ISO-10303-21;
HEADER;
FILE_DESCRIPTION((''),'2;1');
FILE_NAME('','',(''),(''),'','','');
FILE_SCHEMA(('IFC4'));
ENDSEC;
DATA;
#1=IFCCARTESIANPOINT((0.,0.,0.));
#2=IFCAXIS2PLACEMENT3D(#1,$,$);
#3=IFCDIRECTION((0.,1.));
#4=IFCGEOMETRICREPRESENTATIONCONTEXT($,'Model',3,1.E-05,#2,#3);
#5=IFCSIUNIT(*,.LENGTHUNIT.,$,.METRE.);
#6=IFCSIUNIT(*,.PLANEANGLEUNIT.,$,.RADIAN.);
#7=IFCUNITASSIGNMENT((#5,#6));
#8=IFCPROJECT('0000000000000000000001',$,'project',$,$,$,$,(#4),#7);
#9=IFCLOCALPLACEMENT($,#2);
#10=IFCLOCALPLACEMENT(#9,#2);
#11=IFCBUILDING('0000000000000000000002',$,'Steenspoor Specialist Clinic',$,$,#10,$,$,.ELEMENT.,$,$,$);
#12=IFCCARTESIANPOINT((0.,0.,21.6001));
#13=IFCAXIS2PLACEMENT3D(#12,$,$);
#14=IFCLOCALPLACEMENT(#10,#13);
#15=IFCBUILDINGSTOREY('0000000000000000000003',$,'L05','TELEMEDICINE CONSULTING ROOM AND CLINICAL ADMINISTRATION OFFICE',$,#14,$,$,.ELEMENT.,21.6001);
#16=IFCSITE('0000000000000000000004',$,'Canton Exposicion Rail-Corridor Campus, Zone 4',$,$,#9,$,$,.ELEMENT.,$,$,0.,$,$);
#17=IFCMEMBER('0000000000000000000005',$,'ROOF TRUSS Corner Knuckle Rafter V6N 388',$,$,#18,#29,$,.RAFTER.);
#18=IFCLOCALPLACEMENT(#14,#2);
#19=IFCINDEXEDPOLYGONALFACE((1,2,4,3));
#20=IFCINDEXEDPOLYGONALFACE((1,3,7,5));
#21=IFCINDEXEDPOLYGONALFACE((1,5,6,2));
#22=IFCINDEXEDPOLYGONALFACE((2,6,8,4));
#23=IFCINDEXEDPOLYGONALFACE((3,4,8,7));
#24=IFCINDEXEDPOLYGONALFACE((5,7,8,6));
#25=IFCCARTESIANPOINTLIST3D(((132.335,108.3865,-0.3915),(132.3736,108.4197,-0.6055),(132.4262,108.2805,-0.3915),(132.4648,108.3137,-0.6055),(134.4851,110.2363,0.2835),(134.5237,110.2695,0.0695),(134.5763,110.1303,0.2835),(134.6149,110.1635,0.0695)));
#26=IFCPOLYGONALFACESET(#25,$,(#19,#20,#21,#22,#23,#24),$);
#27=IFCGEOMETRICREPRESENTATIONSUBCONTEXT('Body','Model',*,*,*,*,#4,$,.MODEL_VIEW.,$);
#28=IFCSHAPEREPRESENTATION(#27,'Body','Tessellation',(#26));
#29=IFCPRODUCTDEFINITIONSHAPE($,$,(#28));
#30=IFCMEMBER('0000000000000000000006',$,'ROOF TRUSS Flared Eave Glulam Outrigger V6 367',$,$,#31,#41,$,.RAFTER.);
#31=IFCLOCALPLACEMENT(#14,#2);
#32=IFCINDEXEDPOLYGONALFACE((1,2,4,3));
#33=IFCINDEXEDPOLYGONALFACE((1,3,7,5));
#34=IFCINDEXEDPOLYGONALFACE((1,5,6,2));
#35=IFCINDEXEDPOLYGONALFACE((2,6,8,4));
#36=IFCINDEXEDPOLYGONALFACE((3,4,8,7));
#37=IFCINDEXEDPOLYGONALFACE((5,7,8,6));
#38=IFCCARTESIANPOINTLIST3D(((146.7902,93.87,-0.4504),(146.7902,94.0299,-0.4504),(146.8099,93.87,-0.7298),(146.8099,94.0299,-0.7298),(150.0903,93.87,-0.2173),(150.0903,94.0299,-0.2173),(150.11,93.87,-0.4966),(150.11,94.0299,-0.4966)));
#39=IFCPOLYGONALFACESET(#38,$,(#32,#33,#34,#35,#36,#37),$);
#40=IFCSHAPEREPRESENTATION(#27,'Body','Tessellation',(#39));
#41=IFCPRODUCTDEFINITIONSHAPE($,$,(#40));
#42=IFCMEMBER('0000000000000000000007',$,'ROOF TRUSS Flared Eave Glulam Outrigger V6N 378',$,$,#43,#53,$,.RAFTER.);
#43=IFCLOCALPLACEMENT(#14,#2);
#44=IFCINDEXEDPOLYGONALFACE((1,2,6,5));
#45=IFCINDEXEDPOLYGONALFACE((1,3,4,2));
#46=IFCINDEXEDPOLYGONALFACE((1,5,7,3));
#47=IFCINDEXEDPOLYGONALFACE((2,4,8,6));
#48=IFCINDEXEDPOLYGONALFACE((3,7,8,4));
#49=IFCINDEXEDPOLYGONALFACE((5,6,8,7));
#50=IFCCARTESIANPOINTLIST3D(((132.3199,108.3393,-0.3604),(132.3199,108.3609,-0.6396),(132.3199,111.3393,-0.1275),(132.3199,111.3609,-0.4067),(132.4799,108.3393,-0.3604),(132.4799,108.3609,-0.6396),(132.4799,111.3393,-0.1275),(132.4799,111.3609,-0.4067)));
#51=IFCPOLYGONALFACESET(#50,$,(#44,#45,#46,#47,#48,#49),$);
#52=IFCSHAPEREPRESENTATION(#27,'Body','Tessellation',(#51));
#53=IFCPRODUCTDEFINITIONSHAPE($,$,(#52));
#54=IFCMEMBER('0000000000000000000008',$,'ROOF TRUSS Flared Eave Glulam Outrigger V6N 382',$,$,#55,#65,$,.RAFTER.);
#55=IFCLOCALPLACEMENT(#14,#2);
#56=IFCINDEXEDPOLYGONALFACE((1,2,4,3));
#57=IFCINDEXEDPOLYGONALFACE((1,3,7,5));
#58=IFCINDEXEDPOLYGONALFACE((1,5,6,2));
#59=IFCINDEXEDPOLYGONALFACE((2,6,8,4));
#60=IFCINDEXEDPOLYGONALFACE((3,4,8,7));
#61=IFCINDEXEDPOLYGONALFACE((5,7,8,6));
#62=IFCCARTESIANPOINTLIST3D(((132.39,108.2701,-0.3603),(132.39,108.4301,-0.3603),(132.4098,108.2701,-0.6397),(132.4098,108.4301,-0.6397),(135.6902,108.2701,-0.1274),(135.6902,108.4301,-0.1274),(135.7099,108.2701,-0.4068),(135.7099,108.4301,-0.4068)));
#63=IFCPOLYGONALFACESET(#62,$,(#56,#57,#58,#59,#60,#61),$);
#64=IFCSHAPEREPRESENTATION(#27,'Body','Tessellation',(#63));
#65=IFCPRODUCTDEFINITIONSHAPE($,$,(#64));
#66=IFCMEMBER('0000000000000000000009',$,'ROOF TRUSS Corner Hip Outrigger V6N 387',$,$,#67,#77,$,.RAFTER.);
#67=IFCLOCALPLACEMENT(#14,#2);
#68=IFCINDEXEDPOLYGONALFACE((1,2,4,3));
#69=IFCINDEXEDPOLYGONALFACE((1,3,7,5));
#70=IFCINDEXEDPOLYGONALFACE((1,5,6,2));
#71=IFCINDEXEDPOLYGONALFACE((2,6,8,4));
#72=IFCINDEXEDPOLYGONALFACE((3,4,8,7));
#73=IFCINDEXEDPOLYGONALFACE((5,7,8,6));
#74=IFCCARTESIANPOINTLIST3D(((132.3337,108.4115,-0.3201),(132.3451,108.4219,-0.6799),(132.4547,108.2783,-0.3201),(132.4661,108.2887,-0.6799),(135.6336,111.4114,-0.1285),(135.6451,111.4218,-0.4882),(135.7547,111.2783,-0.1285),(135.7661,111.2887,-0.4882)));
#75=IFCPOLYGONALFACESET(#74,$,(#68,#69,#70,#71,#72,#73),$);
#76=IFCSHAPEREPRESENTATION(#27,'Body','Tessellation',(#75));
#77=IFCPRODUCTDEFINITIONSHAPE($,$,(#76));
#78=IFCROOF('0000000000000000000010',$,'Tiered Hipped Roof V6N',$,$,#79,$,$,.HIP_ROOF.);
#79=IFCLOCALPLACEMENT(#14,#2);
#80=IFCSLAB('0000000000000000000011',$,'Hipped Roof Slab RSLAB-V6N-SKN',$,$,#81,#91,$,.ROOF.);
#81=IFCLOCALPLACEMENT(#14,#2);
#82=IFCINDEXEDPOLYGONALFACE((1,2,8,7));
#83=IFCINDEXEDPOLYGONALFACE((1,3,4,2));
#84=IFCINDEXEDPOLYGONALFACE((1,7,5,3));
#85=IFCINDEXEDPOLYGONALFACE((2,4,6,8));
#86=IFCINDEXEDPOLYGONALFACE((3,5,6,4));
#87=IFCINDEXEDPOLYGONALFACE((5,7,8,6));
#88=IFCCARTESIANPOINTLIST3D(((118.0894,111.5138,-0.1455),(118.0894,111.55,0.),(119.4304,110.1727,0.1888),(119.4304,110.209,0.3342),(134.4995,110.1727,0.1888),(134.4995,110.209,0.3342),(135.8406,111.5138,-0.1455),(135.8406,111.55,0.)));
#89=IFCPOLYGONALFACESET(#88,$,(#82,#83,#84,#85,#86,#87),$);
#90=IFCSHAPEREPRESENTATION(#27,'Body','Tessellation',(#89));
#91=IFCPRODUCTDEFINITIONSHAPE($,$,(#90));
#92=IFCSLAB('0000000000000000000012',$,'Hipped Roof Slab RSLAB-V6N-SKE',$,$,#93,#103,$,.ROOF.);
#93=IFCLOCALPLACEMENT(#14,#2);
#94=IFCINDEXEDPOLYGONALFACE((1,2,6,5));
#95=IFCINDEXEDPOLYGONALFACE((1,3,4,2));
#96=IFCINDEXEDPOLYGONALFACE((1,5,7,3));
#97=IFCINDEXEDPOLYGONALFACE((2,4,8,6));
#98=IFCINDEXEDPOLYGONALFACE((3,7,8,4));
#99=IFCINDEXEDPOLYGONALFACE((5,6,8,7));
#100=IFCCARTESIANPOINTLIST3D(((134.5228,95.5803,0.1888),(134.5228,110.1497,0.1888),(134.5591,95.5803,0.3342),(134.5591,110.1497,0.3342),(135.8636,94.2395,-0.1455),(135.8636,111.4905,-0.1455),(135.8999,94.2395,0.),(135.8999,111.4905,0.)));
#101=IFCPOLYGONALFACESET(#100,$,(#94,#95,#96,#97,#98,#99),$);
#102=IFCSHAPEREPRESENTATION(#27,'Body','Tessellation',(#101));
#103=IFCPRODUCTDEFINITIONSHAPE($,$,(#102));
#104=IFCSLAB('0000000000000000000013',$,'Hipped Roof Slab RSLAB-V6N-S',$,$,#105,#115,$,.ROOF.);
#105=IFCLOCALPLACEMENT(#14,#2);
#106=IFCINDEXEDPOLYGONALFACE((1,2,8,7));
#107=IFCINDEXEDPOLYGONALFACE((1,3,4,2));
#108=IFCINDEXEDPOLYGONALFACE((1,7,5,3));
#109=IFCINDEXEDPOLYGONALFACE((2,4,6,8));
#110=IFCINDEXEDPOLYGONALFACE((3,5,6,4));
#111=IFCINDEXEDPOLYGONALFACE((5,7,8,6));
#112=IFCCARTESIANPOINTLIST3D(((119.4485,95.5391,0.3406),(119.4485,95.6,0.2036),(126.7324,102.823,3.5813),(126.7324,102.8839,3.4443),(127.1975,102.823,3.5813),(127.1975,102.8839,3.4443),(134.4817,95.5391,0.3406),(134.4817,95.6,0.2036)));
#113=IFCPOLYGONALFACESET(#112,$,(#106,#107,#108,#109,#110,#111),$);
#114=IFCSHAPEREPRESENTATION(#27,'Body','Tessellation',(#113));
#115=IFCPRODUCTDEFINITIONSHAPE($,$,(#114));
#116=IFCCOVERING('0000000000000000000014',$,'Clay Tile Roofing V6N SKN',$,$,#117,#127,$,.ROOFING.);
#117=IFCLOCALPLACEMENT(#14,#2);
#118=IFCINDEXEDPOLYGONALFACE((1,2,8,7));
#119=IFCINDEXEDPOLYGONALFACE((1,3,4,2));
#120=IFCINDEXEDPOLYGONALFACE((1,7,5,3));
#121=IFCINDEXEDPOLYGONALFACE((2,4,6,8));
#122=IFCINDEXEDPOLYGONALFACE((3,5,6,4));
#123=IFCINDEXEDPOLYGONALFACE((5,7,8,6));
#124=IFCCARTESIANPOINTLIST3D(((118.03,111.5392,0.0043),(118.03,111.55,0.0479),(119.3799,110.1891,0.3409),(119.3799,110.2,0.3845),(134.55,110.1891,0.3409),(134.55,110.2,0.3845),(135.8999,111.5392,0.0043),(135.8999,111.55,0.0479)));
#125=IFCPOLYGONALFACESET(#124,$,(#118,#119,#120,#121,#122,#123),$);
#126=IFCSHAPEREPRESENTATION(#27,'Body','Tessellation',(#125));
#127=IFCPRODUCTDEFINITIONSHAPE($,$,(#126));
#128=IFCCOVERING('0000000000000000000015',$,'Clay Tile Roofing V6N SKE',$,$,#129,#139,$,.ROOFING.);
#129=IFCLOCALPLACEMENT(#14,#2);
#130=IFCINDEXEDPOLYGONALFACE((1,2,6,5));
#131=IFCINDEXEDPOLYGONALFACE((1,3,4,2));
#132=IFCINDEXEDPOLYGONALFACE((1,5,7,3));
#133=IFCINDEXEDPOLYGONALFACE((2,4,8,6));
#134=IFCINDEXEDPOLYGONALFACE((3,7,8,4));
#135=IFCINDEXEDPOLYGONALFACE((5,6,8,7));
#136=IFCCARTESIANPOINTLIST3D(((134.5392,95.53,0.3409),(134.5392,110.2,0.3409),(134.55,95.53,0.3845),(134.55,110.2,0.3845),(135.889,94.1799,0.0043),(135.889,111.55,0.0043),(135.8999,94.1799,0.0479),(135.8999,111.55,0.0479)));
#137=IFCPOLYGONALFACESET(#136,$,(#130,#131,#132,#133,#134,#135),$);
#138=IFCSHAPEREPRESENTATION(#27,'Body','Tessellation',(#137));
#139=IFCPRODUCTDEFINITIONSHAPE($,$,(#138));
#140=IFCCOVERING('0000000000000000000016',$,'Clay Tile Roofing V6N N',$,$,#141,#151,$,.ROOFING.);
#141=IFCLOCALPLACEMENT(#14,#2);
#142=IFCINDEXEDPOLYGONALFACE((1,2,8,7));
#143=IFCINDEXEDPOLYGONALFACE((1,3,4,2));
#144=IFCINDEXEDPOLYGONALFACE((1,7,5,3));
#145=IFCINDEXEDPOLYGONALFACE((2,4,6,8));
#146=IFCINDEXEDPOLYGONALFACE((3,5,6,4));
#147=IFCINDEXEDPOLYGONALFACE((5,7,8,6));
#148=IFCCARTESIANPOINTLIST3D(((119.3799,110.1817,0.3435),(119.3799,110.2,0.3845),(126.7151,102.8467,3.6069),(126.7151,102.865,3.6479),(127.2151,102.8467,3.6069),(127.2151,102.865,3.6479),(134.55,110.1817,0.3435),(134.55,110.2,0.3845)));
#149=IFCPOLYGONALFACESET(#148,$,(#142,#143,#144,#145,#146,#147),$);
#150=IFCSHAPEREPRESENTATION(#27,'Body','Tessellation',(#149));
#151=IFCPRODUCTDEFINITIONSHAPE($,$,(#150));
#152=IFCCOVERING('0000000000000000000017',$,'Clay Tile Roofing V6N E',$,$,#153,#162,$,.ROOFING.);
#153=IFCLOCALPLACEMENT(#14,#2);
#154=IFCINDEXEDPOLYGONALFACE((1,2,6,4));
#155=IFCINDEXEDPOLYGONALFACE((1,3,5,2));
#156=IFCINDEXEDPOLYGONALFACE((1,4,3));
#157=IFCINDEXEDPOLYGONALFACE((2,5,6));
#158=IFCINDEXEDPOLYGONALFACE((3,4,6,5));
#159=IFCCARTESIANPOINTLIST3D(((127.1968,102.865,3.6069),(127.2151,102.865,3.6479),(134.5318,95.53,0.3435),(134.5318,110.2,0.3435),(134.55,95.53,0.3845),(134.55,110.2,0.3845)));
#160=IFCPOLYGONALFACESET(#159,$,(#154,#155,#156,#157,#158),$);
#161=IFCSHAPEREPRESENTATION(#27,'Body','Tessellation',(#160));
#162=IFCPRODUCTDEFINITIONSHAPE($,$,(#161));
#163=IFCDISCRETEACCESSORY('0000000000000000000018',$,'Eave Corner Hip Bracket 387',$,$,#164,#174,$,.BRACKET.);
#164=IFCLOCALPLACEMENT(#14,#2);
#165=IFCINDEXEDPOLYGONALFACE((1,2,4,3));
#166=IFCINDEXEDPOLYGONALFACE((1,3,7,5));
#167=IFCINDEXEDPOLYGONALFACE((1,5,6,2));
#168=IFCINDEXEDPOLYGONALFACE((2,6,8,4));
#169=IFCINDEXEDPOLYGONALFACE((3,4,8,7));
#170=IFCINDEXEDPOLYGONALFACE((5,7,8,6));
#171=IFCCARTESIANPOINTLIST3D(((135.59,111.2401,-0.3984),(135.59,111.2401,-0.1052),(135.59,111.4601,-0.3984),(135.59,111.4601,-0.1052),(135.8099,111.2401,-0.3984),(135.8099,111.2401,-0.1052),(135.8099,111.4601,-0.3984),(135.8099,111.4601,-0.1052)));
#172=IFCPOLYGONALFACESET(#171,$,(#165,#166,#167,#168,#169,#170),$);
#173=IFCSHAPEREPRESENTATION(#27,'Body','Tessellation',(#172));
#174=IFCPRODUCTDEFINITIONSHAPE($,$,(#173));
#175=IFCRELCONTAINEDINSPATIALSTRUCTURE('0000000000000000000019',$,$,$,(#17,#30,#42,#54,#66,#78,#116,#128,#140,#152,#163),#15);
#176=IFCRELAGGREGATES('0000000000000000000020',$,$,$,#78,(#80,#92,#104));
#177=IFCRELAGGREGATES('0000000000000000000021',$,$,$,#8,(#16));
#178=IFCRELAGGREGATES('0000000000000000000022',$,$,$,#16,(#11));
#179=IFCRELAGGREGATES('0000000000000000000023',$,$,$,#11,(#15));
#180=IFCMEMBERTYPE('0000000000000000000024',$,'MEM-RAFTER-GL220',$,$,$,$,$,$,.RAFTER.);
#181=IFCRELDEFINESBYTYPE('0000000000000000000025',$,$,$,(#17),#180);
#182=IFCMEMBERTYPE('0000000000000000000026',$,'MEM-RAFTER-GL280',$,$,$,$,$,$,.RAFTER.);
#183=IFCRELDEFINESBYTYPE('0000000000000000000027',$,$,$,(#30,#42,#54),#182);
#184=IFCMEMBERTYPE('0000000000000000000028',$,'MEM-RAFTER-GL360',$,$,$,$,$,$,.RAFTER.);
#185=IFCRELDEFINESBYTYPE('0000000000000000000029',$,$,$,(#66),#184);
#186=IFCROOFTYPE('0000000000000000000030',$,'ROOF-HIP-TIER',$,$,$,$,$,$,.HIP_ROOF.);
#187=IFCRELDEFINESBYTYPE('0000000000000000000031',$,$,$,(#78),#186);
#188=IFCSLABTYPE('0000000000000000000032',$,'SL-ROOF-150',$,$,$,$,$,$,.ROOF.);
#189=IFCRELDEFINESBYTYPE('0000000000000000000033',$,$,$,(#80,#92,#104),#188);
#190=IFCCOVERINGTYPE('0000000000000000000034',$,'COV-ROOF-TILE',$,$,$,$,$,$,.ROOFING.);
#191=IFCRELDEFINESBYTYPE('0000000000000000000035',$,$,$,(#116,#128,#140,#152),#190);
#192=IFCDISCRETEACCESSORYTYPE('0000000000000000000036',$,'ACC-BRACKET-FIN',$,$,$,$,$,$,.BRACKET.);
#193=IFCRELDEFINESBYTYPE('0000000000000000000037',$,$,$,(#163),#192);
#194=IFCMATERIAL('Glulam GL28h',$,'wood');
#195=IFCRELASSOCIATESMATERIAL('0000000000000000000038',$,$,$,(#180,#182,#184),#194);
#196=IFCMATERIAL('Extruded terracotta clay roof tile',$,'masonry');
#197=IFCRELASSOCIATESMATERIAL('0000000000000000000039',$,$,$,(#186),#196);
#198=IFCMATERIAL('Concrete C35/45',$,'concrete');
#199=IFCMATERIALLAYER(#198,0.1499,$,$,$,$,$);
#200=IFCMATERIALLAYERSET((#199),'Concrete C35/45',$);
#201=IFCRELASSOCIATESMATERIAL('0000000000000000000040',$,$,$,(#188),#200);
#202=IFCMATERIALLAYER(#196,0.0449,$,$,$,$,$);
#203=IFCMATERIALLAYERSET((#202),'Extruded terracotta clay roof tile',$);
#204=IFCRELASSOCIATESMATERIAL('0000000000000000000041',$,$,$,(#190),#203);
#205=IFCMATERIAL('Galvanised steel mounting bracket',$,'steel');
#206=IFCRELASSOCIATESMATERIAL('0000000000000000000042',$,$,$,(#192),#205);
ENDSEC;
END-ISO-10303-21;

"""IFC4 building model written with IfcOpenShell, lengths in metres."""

from ifc_helpers import new_model, si_unit, direction, frame, origin, origin_2d, place, context, subcontext, project, spatial, polyline, rectangle, outline, extrude, material, layer, layer_set, material_profile, profile_set, type_object, element, aggregate, save


model = new_model("IFC4")

# Units and contexts
model_context = context("Model", 3, precision=1e-05, world=origin(), true_north=direction((0.0, 1.0)))
body_context = subcontext(model_context, "Body", "Model", "MODEL_VIEW")
ifc_project = project(units=[si_unit("LENGTHUNIT", "METRE"), si_unit("PLANEANGLEUNIT", "RADIAN")], contexts=[model_context])

# Site, building, storey
site_placement = place(None, origin())
site = spatial("IfcSite", under=ifc_project, at=site_placement, Name="Canton Exposicion Rail-Corridor Campus, Zone 4", CompositionType="ELEMENT", RefElevation=0.0)
building_placement = place(site_placement, origin())
building = spatial("IfcBuilding", under=site, at=building_placement, Name="Steenspoor Specialist Clinic", CompositionType="ELEMENT")
storey_placement = place(building_placement, frame((0.0, 0.0, 21.6001)))
storey = spatial("IfcBuildingStorey", under=building, at=storey_placement, Name="L05", Description="TELEMEDICINE CONSULTING ROOM AND CLINICAL ADMINISTRATION OFFICE", CompositionType="ELEMENT", Elevation=21.6001)

# Members
ifc_material_1 = material(Name="Glulam GL28h", Category="wood")
ifc_material_profile_1 = material_profile(ifc_material_1, rectangle(XDim=0.1399, YDim=0.22, at=origin_2d()), Name="GL28H-140X220")
ifc_profile_set_1 = profile_set([ifc_material_profile_1], Name="Glulam GL28h")
member_type_1 = type_object("IfcMemberType", Name="MEM-RAFTER-GL220", PredefinedType="RAFTER", material=ifc_profile_set_1)
member_1_placement = place(storey_placement, frame((132.3999, 108.3501, -0.4985), z_axis=(0.73746, 0.634465, 0.231529), x_axis=(-0.652187, 0.758058, 0.0)))
element("IfcMember", 1, at=member_1_placement, inside=storey, type_object=member_type_1, Name="ROOF TRUSS Corner Knuckle Rafter V6N 388", PredefinedType="RAFTER", context=body_context, shape_type="SweptSolid", body=[
    extrude(rectangle(XDim=0.1399, YDim=0.22, at=origin_2d()), origin(), (0.0, 0.0, 1.0), 2.9155),
])
ifc_material_profile_2 = material_profile(ifc_material_1, rectangle(XDim=0.1599, YDim=0.28, at=origin_2d()), Name="GL28H-160X280")
ifc_profile_set_2 = profile_set([ifc_material_profile_2], Name="Glulam GL28h")
member_type_2 = type_object("IfcMemberType", Name="MEM-RAFTER-GL280", PredefinedType="RAFTER", material=ifc_profile_set_2)
member_2_placement = place(storey_placement, frame((146.8, 93.95, -0.5901), z_axis=(0.997513, 0.0, 0.070476), x_axis=(0.0, 1.0, 0.0)))
element("IfcMember", 2, at=member_2_placement, inside=storey, type_object=member_type_2, Name="ROOF TRUSS Flared Eave Glulam Outrigger V6 367", PredefinedType="RAFTER", context=body_context, shape_type="SweptSolid", body=[
    extrude(rectangle(XDim=0.1599, YDim=0.28, at=origin_2d()), origin(), (0.0, 0.0, 1.0), 3.3083),
])
member_3_placement = place(storey_placement, frame((132.3999, 108.3501, -0.5), z_axis=(0.0, 0.997, 0.077404), x_axis=(-1.0, 0.0, 0.0)))
element("IfcMember", 3, at=member_3_placement, inside=storey, type_object=member_type_2, Name="ROOF TRUSS Flared Eave Glulam Outrigger V6N 378", PredefinedType="RAFTER", context=body_context, shape_type="SweptSolid", body=[
    extrude(rectangle(XDim=0.1599, YDim=0.28, at=origin_2d()), origin(), (0.0, 0.0, 1.0), 3.009),
])
member_4_placement = place(storey_placement, frame((132.3999, 108.3501, -0.5), z_axis=(0.997519, 0.0, 0.070403), x_axis=(0.0, 1.0, 0.0)))
element("IfcMember", 4, at=member_4_placement, inside=storey, type_object=member_type_2, Name="ROOF TRUSS Flared Eave Glulam Outrigger V6N 382", PredefinedType="RAFTER", context=body_context, shape_type="SweptSolid", body=[
    extrude(rectangle(XDim=0.1599, YDim=0.28, at=origin_2d()), origin(), (0.0, 0.0, 1.0), 3.3083),
])
ifc_material_profile_3 = material_profile(ifc_material_1, rectangle(XDim=0.1799, YDim=0.3601, at=origin_2d()), Name="GL28H-180X360")
ifc_profile_set_3 = profile_set([ifc_material_profile_3], Name="Glulam GL28h")
member_type_3 = type_object("IfcMemberType", Name="MEM-RAFTER-GL360", PredefinedType="RAFTER", material=ifc_profile_set_3)
member_5_placement = place(storey_placement, frame((132.3999, 108.3501, -0.5), z_axis=(0.739263, 0.672047, 0.042933), x_axis=(-0.672667, 0.739945, 0.0)))
element("IfcMember", 5, at=member_5_placement, inside=storey, type_object=member_type_3, Name="ROOF TRUSS Corner Hip Outrigger V6N 387", PredefinedType="RAFTER", context=body_context, shape_type="SweptSolid", body=[
    extrude(rectangle(XDim=0.1799, YDim=0.3601, at=origin_2d()), origin(), (0.0, 0.0, 1.0), 4.4639),
])

# Roof, slabs
ifc_material_2 = material(Name="Extruded terracotta clay roof tile", Category="masonry")
roof_type = type_object("IfcRoofType", Name="ROOF-HIP-TIER", PredefinedType="HIP_ROOF", material=ifc_material_2)
roof_placement = place(storey_placement, origin())
roof = element("IfcRoof", 6, at=roof_placement, inside=storey, type_object=roof_type, Name="Tiered Hipped Roof V6N", PredefinedType="HIP_ROOF")
ifc_material_3 = material(Name="Concrete C35/45", Category="concrete")
ifc_layer_1 = layer(ifc_material_3, 0.1499)
ifc_layer_set_1 = layer_set([ifc_layer_1], Name="Concrete C35/45")
slab_type = type_object("IfcSlabType", Name="SL-ROOF-150", PredefinedType="ROOF", material=ifc_layer_set_1)
slab_1_placement = place(storey_placement, frame((134.4995, 110.209, 0.3342), z_axis=(0.0, 0.241829, 0.970319), x_axis=(0.696376, 0.696376, -0.173555)))
slab_1 = element("IfcSlab", 7, at=slab_1_placement, type_object=slab_type, Name="Hipped Roof Slab RSLAB-V6N-SKN", PredefinedType="ROOF", context=body_context, shape_type="SweptSolid", body=[
    extrude(outline(polyline([(0.0, 0.0), (1.9258, 0.0), (-10.4357, 12.7396), (-10.4938, 10.8147), (0.0, 0.0)])), origin(), (0.0, 0.0, -1.0), 0.1499),
])
slab_2_placement = place(storey_placement, frame((134.5591, 95.5803, 0.3342), z_axis=(0.24187, 0.0, 0.970309), x_axis=(0.696372, -0.696372, -0.173586)))
slab_2 = element("IfcSlab", 8, at=slab_2_placement, type_object=slab_type, Name="Hipped Roof Slab RSLAB-V6N-SKE", PredefinedType="ROOF", context=body_context, shape_type="SweptSolid", body=[
    extrude(outline(polyline([(0.0, 0.0), (1.9254, 0.0), (-10.0877, 12.3807), (-10.1457, 10.4561), (0.0, 0.0)])), origin(), (0.0, 0.0, -1.0), 0.1499),
])
slab_3_placement = place(storey_placement, frame((134.4817, 95.5391, 0.3406), z_axis=(0.0, -0.406496, 0.913652), x_axis=(-0.674527, 0.674504, 0.300096)))
slab_3 = element("IfcSlab", 9, at=slab_3_placement, type_object=slab_type, Name="Hipped Roof Slab RSLAB-V6N-S", PredefinedType="ROOF", context=body_context, shape_type="SweptSolid", body=[
    extrude(outline(polyline([(0.0, 0.0), (10.7989, 0.0), (11.1127, 0.3434), (10.1403, 11.0983), (0.0, 0.0)])), origin(), (0.0, 0.0, -1.0), 0.1499),
])
aggregate(roof, [slab_1, slab_2, slab_3])

# Coverings
ifc_layer_2 = layer(ifc_material_2, 0.0449)
ifc_layer_set_2 = layer_set([ifc_layer_2], Name="Extruded terracotta clay roof tile")
covering_type = type_object("IfcCoveringType", Name="COV-ROOF-TILE", PredefinedType="ROOFING", material=ifc_layer_set_2)
covering_1_placement = place(storey_placement, frame((135.8999, 111.55, 0.0479), z_axis=(0.0, 0.241958, 0.970287), x_axis=(-1.0, 0.0, 0.0)))
element("IfcCovering", 10, at=covering_1_placement, inside=storey, type_object=covering_type, Name="Clay Tile Roofing V6N SKN", PredefinedType="ROOFING", context=body_context, shape_type="SweptSolid", body=[
    extrude(outline(polyline([(0.0, 0.0), (17.8699, 0.0), (16.52, 1.3914), (1.3499, 1.3914), (0.0, 0.0)])), origin(), (0.0, 0.0, -1.0), 0.0449),
])
covering_2_placement = place(storey_placement, frame((135.8999, 94.1799, 0.0479), z_axis=(0.241999, 0.0, 0.970277), x_axis=(0.0, 1.0, 0.0)))
element("IfcCovering", 11, at=covering_2_placement, inside=storey, type_object=covering_type, Name="Clay Tile Roofing V6N SKE", PredefinedType="ROOFING", context=body_context, shape_type="SweptSolid", body=[
    extrude(outline(polyline([(0.0, 0.0), (17.3701, 0.0), (16.02, 1.3912), (1.3501, 1.3912), (0.0, 0.0)])), origin(), (0.0, 0.0, -1.0), 0.0449),
])
covering_3_placement = place(storey_placement, frame((134.55, 110.2, 0.3845), z_axis=(0.0, 0.406497, 0.913652), x_axis=(-1.0, 0.0, 0.0)))
element("IfcCovering", 12, at=covering_3_placement, inside=storey, type_object=covering_type, Name="Clay Tile Roofing V6N N", PredefinedType="ROOFING", context=body_context, shape_type="SweptSolid", body=[
    extrude(outline(polyline([(0.0, 0.0), (15.1702, 0.0), (7.835, 8.0282), (7.335, 8.0282), (0.0, 0.0)])), origin(), (0.0, 0.0, -1.0), 0.0449),
])
covering_4_placement = place(storey_placement, frame((134.55, 95.53, 0.3845), z_axis=(0.406497, 0.0, 0.913652), x_axis=(0.0, 1.0, 0.0)))
element("IfcCovering", 13, at=covering_4_placement, inside=storey, type_object=covering_type, Name="Clay Tile Roofing V6N E", PredefinedType="ROOFING", context=body_context, shape_type="SweptSolid", body=[
    extrude(outline(polyline([(0.0, 0.0), (14.6699, 0.0), (7.335, 8.0282), (0.0, 0.0)])), origin(), (0.0, 0.0, -1.0), 0.0449),
])

# Discrete accessory
ifc_material_4 = material(Name="Galvanised steel mounting bracket", Category="steel")
discrete_accessory_type = type_object("IfcDiscreteAccessoryType", Name="ACC-BRACKET-FIN", PredefinedType="BRACKET", material=ifc_material_4)
discrete_accessory_placement = place(storey_placement, frame((135.7, 111.3501, -0.3984), z_axis=(0.0, 0.0, 1.0), x_axis=(1.0, 0.0, 0.0)))
element("IfcDiscreteAccessory", 14, at=discrete_accessory_placement, inside=storey, type_object=discrete_accessory_type, Name="Eave Corner Hip Bracket 387", PredefinedType="BRACKET", context=body_context, shape_type="SweptSolid", body=[
    extrude(rectangle(XDim=0.22, YDim=0.22, at=origin_2d()), origin(), (0.0, 0.0, 1.0), 0.2932),
])

save(model, "model.ifc")
